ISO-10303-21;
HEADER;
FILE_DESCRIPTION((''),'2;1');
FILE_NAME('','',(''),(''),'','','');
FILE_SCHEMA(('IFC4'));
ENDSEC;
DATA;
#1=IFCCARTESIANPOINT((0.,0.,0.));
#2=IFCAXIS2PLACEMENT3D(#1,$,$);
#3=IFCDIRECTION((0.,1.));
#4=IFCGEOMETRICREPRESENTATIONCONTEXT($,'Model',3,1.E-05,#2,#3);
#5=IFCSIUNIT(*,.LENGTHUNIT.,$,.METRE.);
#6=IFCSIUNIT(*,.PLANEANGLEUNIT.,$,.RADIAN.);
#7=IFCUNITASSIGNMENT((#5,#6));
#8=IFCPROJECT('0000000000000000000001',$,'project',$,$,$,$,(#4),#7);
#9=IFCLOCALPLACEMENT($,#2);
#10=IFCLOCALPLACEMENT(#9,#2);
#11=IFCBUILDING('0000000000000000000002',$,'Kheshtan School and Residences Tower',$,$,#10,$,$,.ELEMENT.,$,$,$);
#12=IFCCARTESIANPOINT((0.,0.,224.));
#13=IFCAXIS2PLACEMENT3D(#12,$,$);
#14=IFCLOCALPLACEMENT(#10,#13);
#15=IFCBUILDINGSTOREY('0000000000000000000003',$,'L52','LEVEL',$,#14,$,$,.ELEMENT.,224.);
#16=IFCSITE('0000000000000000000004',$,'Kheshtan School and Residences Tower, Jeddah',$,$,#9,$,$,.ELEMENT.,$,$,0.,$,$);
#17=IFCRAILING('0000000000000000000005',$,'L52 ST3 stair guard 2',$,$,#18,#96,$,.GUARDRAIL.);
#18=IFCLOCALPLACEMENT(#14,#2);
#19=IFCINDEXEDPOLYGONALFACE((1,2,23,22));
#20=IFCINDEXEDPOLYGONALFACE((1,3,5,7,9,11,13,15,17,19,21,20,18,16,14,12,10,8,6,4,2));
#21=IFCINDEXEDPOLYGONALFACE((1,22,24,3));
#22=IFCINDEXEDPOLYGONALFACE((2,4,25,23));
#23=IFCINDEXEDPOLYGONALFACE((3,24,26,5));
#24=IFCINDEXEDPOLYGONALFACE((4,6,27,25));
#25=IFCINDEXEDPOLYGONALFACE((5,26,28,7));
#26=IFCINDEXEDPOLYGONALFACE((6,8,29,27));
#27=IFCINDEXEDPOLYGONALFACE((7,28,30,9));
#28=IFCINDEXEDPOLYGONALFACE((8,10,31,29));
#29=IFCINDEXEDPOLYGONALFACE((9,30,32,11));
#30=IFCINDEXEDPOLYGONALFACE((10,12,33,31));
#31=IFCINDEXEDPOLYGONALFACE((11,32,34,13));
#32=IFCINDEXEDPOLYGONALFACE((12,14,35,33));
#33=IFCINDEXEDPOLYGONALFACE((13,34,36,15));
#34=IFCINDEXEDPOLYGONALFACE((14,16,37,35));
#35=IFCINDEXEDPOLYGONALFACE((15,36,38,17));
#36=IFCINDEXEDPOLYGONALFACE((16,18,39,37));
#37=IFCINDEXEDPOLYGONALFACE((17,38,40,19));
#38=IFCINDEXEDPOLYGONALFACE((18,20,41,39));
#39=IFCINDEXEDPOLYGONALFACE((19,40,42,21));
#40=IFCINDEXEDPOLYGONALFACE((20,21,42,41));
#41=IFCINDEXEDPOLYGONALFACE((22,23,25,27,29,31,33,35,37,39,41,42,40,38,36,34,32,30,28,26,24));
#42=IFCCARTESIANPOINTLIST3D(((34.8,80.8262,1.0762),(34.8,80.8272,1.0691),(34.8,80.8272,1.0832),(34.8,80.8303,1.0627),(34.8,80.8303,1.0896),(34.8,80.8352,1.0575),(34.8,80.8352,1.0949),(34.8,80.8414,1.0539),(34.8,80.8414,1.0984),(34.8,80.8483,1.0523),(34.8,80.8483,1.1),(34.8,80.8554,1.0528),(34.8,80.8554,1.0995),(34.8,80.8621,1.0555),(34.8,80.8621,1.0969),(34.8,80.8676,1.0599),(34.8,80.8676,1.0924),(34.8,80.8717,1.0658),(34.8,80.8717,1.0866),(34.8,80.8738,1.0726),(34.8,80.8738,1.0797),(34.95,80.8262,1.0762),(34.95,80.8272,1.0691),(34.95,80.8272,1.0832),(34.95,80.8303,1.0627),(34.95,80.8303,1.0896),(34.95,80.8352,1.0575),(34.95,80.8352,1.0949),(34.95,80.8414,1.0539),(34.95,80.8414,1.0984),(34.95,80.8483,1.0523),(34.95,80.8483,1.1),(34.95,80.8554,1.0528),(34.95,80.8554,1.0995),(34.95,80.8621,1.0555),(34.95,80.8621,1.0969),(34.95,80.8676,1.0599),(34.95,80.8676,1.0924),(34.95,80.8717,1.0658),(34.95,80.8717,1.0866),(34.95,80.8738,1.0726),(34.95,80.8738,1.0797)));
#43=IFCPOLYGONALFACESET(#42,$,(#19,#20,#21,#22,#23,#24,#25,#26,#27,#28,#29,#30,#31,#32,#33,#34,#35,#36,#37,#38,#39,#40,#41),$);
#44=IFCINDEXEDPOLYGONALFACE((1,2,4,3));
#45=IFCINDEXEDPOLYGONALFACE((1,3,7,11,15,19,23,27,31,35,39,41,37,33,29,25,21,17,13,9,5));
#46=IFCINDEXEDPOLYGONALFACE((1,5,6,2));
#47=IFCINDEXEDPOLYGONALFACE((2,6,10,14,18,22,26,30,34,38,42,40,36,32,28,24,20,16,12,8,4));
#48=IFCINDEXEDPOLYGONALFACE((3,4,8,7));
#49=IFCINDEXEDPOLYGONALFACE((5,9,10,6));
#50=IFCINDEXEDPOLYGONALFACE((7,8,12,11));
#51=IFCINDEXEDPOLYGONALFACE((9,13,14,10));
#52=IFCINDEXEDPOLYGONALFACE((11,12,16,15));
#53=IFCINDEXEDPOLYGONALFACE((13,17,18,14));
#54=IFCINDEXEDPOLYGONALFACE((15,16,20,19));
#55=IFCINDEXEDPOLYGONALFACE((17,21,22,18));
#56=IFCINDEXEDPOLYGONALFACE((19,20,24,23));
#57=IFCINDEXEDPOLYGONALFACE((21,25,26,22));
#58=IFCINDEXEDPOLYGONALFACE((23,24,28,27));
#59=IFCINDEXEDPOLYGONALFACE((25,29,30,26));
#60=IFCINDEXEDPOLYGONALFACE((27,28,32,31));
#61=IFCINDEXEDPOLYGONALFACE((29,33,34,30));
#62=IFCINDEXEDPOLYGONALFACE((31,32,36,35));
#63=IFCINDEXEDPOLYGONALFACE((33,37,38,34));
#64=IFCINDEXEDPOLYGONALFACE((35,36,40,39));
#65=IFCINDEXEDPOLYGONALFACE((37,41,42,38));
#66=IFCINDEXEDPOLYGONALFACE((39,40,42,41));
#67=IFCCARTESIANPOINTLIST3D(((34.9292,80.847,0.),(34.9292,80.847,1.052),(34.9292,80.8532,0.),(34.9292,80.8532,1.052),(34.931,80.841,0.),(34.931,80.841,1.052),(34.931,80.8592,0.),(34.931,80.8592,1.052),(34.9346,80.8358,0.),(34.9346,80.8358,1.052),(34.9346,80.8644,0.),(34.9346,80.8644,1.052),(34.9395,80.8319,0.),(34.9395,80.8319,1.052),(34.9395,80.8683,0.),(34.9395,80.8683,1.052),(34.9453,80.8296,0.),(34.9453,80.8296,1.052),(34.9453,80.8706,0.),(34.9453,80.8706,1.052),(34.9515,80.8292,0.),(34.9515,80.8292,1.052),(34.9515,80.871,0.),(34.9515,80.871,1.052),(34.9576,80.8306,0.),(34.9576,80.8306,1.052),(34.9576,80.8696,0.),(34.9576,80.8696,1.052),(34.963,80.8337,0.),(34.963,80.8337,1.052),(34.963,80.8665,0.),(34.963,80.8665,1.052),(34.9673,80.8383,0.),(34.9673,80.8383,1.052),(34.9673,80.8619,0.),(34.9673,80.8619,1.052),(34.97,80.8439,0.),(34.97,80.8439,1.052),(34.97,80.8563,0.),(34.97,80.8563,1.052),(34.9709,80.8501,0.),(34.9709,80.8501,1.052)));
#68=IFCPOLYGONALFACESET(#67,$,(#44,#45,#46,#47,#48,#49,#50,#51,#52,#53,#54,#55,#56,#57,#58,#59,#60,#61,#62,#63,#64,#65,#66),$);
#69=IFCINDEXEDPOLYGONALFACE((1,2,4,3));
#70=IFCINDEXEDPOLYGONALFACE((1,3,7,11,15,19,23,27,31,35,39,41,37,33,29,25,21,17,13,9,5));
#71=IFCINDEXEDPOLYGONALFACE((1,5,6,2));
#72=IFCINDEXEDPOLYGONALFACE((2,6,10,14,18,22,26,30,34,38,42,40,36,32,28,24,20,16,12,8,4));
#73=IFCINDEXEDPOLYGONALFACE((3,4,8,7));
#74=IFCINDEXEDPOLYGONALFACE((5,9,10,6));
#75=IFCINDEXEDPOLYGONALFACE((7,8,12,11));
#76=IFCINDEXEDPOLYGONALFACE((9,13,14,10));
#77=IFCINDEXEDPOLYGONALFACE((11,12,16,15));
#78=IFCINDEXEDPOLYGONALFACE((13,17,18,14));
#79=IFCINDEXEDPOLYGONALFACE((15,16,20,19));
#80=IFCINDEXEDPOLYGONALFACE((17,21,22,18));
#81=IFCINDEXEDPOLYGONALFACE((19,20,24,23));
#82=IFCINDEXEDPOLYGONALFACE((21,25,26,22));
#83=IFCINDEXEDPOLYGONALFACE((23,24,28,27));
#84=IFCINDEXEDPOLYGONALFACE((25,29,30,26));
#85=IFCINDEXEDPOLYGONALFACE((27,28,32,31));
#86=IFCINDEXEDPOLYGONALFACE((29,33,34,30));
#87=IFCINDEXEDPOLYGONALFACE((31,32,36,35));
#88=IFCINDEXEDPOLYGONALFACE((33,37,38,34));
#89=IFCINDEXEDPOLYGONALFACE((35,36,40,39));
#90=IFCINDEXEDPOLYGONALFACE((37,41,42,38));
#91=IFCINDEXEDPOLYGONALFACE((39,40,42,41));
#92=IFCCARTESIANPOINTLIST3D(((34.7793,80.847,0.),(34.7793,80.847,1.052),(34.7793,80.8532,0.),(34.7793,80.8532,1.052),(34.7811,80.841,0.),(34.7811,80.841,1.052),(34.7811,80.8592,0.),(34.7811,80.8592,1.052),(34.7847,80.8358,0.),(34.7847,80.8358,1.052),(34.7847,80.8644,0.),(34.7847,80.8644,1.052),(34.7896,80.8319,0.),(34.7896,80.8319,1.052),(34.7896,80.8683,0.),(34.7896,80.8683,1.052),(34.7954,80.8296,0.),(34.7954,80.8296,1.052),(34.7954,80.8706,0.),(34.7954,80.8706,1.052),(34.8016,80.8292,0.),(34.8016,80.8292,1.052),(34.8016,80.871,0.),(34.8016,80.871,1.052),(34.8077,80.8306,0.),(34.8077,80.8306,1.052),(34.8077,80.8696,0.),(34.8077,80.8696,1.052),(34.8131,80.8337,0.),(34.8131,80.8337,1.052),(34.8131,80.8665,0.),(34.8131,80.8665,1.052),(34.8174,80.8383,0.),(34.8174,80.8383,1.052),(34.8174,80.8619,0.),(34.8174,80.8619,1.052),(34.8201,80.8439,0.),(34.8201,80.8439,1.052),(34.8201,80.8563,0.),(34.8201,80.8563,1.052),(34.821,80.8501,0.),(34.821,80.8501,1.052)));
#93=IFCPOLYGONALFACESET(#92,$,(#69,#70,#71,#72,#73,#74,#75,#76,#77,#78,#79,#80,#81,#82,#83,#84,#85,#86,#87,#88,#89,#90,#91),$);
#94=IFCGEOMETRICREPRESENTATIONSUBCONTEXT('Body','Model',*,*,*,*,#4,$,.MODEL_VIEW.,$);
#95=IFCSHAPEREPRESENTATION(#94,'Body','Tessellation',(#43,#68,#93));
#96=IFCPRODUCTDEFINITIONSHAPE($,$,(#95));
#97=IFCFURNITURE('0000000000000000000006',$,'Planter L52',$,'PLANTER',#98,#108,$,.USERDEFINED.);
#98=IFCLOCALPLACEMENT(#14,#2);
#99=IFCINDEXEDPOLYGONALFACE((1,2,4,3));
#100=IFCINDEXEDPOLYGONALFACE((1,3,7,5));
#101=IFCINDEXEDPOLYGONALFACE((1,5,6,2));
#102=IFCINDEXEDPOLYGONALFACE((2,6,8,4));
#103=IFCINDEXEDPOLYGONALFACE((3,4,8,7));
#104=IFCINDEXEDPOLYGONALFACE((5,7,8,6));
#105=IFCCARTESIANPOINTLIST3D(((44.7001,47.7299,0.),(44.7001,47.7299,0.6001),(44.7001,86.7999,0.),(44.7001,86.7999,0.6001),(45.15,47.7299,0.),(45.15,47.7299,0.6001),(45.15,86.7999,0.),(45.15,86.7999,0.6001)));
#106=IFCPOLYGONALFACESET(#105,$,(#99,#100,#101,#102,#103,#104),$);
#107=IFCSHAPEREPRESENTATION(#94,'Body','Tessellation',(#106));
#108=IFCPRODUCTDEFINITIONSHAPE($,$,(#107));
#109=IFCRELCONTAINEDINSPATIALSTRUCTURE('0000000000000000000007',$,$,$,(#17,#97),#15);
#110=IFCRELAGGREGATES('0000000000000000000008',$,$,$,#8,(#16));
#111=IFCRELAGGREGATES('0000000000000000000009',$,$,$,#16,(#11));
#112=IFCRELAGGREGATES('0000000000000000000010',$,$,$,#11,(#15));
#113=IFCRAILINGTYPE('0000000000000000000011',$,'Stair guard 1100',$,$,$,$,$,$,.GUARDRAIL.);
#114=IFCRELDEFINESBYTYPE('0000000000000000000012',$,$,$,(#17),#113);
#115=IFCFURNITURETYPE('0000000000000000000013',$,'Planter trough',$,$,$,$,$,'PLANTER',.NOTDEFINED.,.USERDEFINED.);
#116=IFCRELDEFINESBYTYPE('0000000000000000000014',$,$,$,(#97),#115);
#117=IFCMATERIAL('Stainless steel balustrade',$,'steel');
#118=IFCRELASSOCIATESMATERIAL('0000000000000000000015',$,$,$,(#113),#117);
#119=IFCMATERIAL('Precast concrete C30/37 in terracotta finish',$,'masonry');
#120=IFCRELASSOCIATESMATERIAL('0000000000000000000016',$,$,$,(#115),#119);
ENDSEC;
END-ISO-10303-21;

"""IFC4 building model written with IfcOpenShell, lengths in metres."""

from ifc_helpers import new_model, si_unit, direction, frame, origin, origin_2d, place, context, subcontext, project, spatial, rectangle, circle, extrude, material, type_object, element, save


model = new_model("IFC4")

# Units and contexts
model_context = context("Model", 3, precision=1e-05, world=origin(), true_north=direction((0.0, 1.0)))
body_context = subcontext(model_context, "Body", "Model", "MODEL_VIEW")
ifc_project = project(units=[si_unit("LENGTHUNIT", "METRE"), si_unit("PLANEANGLEUNIT", "RADIAN")], contexts=[model_context])

# Site, building, storey
site_placement = place(None, origin())
site = spatial("IfcSite", under=ifc_project, at=site_placement, Name="Kheshtan School and Residences Tower, Jeddah", CompositionType="ELEMENT", RefElevation=0.0)
building_placement = place(site_placement, origin())
building = spatial("IfcBuilding", under=site, at=building_placement, Name="Kheshtan School and Residences Tower", CompositionType="ELEMENT")
storey_placement = place(building_placement, frame((0.0, 0.0, 224.0)))
storey = spatial("IfcBuildingStorey", under=building, at=storey_placement, Name="L52", Description="LEVEL", CompositionType="ELEMENT", Elevation=224.0)

# Railing
ifc_material_1 = material(Name="Stainless steel balustrade", Category="steel")
railing_type = type_object("IfcRailingType", Name="Stair guard 1100", PredefinedType="GUARDRAIL", material=ifc_material_1)
railing_1_placement = place(storey_placement, frame((34.95, 80.8501, 0.0)))
element("IfcRailing", 1, at=railing_1_placement, inside=storey, type_object=railing_type, Name="L52 ST3 stair guard 2", PredefinedType="GUARDRAIL", context=body_context, shape_type="SweptSolid", body=[
    extrude(circle(Radius=0.0239, at=origin_2d()), frame((0.0, 0.0, 1.0762), z_axis=(-1.0, 0.0, 0.0), x_axis=(0.0, -1.0, 0.0)), (0.0, 0.0, 1.0), 0.1499),
    extrude(circle(Radius=0.021, at=origin_2d()), origin(), (0.0, 0.0, 1.0), 1.052),
    extrude(circle(Radius=0.021, at=origin_2d()), frame((-0.1499, 0.0, 0.0)), (0.0, 0.0, 1.0), 1.052),
])

# Furniture
ifc_material_2 = material(Name="Precast concrete C30/37 in terracotta finish", Category="masonry")
furniture_type = type_object("IfcFurnitureType", Name="Planter trough", ElementType="PLANTER", AssemblyPlace="NOTDEFINED", PredefinedType="USERDEFINED", material=ifc_material_2)
furniture_placement = place(storey_placement, frame((44.925, 67.2649, 0.0), z_axis=(0.0, 0.0, 1.0), x_axis=(0.0, -1.0, 0.0)))
element("IfcFurniture", 2, at=furniture_placement, inside=storey, type_object=furniture_type, Name="Planter L52", ObjectType="PLANTER", PredefinedType="USERDEFINED", context=body_context, shape_type="SweptSolid", body=[
    extrude(rectangle(XDim=39.0701, YDim=0.45, at=origin_2d()), origin(), (0.0, 0.0, 1.0), 0.6001),
])

save(model, "model.ifc")
